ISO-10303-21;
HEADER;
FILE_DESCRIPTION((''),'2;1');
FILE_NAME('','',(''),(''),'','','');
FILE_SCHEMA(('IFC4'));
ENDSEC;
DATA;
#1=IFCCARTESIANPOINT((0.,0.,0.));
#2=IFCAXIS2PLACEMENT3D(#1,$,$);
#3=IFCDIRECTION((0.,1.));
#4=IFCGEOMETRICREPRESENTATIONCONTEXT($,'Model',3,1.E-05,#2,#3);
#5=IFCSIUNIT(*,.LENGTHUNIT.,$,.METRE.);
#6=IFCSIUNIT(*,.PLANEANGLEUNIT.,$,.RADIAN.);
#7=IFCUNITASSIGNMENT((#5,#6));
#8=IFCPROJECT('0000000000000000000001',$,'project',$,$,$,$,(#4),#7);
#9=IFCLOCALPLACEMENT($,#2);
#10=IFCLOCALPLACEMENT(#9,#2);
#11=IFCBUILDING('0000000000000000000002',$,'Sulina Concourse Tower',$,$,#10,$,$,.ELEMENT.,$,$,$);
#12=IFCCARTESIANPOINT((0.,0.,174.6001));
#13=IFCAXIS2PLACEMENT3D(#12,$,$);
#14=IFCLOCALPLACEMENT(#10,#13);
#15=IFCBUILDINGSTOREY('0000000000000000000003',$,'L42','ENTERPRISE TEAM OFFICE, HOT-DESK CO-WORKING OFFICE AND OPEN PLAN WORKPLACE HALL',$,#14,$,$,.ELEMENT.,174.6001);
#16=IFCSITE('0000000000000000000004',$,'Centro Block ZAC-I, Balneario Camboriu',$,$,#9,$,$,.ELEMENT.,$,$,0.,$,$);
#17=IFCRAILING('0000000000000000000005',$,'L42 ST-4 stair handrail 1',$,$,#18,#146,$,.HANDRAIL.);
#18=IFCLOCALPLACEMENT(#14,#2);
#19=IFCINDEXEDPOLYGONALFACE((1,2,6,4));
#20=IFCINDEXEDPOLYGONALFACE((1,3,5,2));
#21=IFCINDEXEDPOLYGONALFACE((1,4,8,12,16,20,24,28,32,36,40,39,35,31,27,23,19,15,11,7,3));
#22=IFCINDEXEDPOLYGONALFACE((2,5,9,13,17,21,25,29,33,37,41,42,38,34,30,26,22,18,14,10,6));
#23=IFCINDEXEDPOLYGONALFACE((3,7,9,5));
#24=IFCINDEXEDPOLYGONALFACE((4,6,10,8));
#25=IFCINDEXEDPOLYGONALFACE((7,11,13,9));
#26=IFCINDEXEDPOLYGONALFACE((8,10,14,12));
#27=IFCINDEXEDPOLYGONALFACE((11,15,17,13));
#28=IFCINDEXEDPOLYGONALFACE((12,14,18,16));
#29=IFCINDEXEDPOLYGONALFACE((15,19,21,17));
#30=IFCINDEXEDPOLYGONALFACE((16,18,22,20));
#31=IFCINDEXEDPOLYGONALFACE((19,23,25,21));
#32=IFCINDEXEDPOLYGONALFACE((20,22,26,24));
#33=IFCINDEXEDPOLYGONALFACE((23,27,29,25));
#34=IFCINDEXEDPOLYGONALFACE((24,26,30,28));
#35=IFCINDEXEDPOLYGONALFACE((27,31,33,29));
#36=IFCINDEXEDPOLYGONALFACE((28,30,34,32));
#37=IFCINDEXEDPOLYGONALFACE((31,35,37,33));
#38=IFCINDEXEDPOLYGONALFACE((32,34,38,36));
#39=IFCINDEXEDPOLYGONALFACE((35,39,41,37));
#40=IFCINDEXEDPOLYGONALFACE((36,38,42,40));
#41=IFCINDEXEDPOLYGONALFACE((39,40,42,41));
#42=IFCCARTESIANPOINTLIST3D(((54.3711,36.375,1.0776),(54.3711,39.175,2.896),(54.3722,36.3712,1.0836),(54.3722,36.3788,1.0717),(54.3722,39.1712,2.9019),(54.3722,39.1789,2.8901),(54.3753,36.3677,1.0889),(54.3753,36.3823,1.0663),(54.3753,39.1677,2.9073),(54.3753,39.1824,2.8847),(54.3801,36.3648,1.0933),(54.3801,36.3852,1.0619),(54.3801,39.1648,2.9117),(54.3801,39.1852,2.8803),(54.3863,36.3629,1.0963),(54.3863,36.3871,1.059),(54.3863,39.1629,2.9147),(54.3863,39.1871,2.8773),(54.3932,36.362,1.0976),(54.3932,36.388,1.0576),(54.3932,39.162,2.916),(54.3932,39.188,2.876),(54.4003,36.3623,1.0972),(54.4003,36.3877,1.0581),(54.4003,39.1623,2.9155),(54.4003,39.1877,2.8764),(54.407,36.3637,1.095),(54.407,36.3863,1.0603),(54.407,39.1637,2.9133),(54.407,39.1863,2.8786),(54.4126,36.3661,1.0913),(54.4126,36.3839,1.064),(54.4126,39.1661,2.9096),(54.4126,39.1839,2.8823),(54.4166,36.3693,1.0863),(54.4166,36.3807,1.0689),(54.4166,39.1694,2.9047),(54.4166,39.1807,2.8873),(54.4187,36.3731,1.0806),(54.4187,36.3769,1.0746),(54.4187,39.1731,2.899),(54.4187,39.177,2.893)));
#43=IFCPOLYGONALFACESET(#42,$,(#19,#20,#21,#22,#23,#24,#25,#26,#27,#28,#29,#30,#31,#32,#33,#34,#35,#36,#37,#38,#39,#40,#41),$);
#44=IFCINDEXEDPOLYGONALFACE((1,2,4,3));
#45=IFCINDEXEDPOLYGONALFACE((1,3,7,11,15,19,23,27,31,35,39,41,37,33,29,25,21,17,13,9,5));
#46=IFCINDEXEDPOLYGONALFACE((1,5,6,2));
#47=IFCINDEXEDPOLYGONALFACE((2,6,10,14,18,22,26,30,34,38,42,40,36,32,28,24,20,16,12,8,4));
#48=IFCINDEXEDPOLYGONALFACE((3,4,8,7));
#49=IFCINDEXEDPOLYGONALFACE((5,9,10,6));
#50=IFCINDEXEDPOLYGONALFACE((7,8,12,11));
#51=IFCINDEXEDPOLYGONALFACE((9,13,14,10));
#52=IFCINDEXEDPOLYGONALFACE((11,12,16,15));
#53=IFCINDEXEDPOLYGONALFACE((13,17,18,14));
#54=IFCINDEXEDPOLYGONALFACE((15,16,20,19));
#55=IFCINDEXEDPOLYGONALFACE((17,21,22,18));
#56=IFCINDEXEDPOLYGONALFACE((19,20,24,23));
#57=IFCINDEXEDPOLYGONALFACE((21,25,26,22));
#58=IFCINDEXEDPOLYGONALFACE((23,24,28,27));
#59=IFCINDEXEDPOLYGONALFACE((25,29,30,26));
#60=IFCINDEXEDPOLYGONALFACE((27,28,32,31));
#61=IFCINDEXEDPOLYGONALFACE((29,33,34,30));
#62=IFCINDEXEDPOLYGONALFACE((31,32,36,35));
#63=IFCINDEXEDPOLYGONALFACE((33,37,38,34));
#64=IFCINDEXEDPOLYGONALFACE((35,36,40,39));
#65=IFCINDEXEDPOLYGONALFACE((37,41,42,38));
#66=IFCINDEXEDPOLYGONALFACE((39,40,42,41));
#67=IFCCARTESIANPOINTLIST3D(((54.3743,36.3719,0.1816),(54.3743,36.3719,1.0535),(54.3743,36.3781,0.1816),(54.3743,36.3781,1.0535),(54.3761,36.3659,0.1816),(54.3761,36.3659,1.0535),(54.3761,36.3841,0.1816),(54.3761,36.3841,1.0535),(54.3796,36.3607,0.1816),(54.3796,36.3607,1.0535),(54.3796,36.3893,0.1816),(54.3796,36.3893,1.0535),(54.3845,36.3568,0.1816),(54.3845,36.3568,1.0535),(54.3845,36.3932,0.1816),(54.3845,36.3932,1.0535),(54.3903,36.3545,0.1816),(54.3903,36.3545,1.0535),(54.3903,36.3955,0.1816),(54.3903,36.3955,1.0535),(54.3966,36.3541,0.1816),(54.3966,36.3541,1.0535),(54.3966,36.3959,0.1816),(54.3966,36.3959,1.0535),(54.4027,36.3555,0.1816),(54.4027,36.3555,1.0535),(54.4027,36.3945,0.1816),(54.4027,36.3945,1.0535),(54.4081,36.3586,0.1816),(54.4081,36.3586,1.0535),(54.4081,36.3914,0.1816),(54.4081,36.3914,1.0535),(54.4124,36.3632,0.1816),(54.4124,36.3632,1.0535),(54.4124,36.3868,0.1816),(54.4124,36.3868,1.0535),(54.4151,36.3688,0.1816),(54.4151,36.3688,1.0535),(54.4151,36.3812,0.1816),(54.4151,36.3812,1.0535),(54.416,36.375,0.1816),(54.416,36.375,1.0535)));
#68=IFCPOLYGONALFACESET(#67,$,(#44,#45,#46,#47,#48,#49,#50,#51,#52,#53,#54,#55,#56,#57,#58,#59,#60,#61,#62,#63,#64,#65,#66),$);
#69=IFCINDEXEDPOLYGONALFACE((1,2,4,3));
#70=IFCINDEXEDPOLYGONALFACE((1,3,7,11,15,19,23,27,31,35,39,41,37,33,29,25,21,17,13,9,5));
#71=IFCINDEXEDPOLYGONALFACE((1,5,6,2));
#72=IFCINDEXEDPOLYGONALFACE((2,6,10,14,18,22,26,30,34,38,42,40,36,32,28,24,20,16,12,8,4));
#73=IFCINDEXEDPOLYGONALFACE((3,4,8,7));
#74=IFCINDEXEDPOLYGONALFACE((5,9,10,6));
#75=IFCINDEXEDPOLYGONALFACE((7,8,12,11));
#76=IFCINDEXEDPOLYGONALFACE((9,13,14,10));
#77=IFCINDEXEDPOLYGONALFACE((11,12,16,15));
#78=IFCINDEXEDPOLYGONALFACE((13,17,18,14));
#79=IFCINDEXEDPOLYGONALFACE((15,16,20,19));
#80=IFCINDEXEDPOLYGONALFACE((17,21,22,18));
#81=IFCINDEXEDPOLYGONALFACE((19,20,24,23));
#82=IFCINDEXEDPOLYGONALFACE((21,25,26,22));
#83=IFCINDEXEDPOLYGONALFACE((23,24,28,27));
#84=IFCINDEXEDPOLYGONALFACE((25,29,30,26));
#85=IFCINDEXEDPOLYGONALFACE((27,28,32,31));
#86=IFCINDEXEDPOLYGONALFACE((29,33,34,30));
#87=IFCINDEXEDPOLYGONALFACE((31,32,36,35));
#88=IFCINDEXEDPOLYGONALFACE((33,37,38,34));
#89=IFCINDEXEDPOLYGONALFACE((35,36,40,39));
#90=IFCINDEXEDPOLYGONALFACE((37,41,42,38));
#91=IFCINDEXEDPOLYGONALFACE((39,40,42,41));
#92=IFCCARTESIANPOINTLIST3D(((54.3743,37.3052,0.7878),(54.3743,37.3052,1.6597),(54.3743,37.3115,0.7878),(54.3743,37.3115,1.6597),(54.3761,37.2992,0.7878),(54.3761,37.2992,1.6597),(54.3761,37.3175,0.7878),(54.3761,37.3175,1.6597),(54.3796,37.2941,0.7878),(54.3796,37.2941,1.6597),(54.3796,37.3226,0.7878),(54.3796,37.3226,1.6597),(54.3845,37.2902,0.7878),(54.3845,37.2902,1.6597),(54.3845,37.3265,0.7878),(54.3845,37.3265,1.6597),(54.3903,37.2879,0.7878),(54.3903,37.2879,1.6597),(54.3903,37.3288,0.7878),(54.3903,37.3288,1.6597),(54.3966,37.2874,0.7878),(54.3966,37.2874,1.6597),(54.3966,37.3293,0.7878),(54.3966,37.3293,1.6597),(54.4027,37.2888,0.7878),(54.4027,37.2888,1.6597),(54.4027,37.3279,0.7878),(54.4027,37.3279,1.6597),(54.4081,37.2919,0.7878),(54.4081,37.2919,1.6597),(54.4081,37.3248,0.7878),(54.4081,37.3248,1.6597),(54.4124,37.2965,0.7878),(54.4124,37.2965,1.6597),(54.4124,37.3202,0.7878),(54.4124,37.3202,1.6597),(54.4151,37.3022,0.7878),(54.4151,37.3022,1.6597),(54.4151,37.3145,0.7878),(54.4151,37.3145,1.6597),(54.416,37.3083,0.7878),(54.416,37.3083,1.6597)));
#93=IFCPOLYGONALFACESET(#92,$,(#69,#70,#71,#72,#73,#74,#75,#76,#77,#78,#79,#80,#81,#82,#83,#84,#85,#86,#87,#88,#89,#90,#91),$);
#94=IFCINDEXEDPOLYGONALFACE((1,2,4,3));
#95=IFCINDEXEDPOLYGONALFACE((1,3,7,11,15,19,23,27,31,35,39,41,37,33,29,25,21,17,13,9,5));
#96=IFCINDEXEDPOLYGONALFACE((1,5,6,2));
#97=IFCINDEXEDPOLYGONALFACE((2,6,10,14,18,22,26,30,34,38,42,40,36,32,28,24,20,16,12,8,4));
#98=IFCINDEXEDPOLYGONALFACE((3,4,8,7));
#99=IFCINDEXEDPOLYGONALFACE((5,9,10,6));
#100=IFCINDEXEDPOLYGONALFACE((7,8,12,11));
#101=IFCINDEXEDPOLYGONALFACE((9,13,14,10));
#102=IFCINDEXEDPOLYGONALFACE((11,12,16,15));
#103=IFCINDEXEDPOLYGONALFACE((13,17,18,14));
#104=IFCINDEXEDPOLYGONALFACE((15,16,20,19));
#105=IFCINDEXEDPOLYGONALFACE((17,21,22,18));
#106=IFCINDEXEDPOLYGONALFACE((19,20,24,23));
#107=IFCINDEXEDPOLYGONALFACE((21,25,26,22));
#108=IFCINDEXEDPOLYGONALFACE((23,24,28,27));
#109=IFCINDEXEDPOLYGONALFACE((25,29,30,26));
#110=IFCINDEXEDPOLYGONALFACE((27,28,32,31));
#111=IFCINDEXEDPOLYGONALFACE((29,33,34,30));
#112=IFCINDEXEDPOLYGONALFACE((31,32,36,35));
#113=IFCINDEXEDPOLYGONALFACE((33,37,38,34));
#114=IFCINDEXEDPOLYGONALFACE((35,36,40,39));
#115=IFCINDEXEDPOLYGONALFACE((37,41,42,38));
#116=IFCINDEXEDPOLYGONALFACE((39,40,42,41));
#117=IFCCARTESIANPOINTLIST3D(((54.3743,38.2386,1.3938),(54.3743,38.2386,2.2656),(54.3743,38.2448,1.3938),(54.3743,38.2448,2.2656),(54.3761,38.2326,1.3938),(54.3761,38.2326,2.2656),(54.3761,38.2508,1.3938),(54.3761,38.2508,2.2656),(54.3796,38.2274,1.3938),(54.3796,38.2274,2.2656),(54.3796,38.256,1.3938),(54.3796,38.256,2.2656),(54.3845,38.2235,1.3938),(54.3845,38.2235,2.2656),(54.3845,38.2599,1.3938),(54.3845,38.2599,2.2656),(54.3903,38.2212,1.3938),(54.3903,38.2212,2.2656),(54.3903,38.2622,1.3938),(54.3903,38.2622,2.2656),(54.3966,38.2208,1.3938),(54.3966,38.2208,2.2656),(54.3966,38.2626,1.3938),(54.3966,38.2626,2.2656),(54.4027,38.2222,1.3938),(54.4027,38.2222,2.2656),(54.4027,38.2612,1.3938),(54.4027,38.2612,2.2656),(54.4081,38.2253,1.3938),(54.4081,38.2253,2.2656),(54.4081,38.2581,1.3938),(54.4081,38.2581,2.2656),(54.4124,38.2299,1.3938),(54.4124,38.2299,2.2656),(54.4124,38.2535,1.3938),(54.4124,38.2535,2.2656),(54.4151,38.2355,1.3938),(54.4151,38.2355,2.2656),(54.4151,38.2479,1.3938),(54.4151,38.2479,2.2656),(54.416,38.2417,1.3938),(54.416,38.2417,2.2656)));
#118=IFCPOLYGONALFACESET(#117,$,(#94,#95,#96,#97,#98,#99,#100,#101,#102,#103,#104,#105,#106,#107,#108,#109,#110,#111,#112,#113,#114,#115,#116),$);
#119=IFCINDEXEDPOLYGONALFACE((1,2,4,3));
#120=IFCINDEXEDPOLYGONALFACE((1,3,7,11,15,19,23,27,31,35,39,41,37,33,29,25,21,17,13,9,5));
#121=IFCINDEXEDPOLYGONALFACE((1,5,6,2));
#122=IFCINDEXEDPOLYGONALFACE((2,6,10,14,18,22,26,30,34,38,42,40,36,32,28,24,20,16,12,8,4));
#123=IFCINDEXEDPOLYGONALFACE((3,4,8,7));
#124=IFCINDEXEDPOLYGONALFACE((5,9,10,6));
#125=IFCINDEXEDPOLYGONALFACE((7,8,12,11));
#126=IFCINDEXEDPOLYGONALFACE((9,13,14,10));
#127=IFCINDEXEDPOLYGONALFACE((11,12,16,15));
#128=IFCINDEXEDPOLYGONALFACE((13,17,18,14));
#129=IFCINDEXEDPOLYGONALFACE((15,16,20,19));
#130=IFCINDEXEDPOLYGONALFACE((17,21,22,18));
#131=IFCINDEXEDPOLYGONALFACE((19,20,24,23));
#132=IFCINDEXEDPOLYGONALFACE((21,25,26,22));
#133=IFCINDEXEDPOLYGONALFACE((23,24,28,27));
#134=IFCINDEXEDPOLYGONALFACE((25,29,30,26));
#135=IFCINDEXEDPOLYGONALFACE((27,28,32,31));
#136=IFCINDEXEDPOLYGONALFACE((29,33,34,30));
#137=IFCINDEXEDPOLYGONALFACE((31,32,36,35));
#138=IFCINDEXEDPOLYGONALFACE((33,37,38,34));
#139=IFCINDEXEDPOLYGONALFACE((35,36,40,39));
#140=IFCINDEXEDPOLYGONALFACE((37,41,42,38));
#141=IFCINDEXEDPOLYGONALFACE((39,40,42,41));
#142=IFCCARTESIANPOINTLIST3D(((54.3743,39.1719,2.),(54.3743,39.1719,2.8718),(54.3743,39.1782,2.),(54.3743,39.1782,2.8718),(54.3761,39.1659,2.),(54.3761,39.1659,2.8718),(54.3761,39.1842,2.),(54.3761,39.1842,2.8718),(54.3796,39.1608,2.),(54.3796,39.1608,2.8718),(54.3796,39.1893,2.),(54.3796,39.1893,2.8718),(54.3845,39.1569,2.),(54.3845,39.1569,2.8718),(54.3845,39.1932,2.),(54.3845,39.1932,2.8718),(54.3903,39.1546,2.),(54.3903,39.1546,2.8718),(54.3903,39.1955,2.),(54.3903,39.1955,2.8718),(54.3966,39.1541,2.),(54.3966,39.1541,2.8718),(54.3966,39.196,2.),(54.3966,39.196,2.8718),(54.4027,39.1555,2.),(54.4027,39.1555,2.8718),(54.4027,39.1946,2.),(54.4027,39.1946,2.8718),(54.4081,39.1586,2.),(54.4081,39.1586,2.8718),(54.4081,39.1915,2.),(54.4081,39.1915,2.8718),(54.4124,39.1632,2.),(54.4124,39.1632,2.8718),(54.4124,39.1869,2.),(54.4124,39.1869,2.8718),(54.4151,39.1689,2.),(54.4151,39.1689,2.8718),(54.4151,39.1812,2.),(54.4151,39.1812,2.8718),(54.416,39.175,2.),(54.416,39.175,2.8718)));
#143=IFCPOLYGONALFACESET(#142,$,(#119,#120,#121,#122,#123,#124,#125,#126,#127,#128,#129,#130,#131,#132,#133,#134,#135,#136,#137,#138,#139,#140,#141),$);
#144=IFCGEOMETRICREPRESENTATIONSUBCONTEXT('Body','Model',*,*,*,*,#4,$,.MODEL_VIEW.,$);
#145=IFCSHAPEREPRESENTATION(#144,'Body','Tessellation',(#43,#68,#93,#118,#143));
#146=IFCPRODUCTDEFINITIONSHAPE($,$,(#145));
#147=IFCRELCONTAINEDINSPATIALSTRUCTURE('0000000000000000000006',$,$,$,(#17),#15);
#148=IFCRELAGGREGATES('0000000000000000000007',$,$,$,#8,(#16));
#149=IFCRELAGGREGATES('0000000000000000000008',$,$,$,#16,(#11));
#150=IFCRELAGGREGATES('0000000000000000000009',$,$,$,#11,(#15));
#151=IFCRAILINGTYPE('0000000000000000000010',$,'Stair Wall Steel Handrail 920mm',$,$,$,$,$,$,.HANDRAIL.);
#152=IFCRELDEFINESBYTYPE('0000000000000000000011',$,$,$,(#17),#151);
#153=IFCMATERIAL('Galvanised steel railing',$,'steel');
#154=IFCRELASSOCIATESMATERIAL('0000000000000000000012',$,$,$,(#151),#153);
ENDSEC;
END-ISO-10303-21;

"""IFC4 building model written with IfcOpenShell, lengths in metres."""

from ifc_helpers import new_model, si_unit, direction, frame, origin, origin_2d, place, context, subcontext, project, spatial, circle, extrude, material, type_object, element, save


model = new_model("IFC4")

# Units and contexts
model_context = context("Model", 3, precision=1e-05, world=origin(), true_north=direction((0.0, 1.0)))
body_context = subcontext(model_context, "Body", "Model", "MODEL_VIEW")
ifc_project = project(units=[si_unit("LENGTHUNIT", "METRE"), si_unit("PLANEANGLEUNIT", "RADIAN")], contexts=[model_context])

# Site, building, storey
site_placement = place(None, origin())
site = spatial("IfcSite", under=ifc_project, at=site_placement, Name="Centro Block ZAC-I, Balneario Camboriu", CompositionType="ELEMENT", RefElevation=0.0)
building_placement = place(site_placement, origin())
building = spatial("IfcBuilding", under=site, at=building_placement, Name="Sulina Concourse Tower", CompositionType="ELEMENT")
storey_placement = place(building_placement, frame((0.0, 0.0, 174.6001)))
storey = spatial("IfcBuildingStorey", under=building, at=storey_placement, Name="L42", Description="ENTERPRISE TEAM OFFICE, HOT-DESK CO-WORKING OFFICE AND OPEN PLAN WORKPLACE HALL", CompositionType="ELEMENT", Elevation=174.6001)

# Railing
ifc_material_1 = material(Name="Galvanised steel railing", Category="steel")
railing_type_1 = type_object("IfcRailingType", Name="Stair Wall Steel Handrail 920mm", PredefinedType="HANDRAIL", material=ifc_material_1)
railing_1_placement = place(storey_placement, frame((54.395, 36.375, 0.1816)))
element("IfcRailing", 1, at=railing_1_placement, inside=storey, type_object=railing_type_1, Name="L42 ST-4 stair handrail 1", PredefinedType="HANDRAIL", context=body_context, shape_type="SweptSolid", body=[
    extrude(circle(Radius=0.0239, at=origin_2d()), frame((0.0, 0.0, 0.896), z_axis=(0.0, 0.838672, 0.544636), x_axis=(-1.0, 0.0, 0.0)), (0.0, 0.0, 1.0), 3.3386),
    extrude(circle(Radius=0.021, at=origin_2d()), origin(), (0.0, 0.0, 1.0), 0.8718),
    extrude(circle(Radius=0.021, at=origin_2d()), frame((0.0, 0.9333, 0.6062)), (0.0, 0.0, 1.0), 0.8718),
    extrude(circle(Radius=0.021, at=origin_2d()), frame((0.0, 1.8667, 1.2122)), (0.0, 0.0, 1.0), 0.8718),
    extrude(circle(Radius=0.021, at=origin_2d()), frame((0.0, 2.8, 1.8184)), (0.0, 0.0, 1.0), 0.8718),
])

save(model, "model.ifc")
